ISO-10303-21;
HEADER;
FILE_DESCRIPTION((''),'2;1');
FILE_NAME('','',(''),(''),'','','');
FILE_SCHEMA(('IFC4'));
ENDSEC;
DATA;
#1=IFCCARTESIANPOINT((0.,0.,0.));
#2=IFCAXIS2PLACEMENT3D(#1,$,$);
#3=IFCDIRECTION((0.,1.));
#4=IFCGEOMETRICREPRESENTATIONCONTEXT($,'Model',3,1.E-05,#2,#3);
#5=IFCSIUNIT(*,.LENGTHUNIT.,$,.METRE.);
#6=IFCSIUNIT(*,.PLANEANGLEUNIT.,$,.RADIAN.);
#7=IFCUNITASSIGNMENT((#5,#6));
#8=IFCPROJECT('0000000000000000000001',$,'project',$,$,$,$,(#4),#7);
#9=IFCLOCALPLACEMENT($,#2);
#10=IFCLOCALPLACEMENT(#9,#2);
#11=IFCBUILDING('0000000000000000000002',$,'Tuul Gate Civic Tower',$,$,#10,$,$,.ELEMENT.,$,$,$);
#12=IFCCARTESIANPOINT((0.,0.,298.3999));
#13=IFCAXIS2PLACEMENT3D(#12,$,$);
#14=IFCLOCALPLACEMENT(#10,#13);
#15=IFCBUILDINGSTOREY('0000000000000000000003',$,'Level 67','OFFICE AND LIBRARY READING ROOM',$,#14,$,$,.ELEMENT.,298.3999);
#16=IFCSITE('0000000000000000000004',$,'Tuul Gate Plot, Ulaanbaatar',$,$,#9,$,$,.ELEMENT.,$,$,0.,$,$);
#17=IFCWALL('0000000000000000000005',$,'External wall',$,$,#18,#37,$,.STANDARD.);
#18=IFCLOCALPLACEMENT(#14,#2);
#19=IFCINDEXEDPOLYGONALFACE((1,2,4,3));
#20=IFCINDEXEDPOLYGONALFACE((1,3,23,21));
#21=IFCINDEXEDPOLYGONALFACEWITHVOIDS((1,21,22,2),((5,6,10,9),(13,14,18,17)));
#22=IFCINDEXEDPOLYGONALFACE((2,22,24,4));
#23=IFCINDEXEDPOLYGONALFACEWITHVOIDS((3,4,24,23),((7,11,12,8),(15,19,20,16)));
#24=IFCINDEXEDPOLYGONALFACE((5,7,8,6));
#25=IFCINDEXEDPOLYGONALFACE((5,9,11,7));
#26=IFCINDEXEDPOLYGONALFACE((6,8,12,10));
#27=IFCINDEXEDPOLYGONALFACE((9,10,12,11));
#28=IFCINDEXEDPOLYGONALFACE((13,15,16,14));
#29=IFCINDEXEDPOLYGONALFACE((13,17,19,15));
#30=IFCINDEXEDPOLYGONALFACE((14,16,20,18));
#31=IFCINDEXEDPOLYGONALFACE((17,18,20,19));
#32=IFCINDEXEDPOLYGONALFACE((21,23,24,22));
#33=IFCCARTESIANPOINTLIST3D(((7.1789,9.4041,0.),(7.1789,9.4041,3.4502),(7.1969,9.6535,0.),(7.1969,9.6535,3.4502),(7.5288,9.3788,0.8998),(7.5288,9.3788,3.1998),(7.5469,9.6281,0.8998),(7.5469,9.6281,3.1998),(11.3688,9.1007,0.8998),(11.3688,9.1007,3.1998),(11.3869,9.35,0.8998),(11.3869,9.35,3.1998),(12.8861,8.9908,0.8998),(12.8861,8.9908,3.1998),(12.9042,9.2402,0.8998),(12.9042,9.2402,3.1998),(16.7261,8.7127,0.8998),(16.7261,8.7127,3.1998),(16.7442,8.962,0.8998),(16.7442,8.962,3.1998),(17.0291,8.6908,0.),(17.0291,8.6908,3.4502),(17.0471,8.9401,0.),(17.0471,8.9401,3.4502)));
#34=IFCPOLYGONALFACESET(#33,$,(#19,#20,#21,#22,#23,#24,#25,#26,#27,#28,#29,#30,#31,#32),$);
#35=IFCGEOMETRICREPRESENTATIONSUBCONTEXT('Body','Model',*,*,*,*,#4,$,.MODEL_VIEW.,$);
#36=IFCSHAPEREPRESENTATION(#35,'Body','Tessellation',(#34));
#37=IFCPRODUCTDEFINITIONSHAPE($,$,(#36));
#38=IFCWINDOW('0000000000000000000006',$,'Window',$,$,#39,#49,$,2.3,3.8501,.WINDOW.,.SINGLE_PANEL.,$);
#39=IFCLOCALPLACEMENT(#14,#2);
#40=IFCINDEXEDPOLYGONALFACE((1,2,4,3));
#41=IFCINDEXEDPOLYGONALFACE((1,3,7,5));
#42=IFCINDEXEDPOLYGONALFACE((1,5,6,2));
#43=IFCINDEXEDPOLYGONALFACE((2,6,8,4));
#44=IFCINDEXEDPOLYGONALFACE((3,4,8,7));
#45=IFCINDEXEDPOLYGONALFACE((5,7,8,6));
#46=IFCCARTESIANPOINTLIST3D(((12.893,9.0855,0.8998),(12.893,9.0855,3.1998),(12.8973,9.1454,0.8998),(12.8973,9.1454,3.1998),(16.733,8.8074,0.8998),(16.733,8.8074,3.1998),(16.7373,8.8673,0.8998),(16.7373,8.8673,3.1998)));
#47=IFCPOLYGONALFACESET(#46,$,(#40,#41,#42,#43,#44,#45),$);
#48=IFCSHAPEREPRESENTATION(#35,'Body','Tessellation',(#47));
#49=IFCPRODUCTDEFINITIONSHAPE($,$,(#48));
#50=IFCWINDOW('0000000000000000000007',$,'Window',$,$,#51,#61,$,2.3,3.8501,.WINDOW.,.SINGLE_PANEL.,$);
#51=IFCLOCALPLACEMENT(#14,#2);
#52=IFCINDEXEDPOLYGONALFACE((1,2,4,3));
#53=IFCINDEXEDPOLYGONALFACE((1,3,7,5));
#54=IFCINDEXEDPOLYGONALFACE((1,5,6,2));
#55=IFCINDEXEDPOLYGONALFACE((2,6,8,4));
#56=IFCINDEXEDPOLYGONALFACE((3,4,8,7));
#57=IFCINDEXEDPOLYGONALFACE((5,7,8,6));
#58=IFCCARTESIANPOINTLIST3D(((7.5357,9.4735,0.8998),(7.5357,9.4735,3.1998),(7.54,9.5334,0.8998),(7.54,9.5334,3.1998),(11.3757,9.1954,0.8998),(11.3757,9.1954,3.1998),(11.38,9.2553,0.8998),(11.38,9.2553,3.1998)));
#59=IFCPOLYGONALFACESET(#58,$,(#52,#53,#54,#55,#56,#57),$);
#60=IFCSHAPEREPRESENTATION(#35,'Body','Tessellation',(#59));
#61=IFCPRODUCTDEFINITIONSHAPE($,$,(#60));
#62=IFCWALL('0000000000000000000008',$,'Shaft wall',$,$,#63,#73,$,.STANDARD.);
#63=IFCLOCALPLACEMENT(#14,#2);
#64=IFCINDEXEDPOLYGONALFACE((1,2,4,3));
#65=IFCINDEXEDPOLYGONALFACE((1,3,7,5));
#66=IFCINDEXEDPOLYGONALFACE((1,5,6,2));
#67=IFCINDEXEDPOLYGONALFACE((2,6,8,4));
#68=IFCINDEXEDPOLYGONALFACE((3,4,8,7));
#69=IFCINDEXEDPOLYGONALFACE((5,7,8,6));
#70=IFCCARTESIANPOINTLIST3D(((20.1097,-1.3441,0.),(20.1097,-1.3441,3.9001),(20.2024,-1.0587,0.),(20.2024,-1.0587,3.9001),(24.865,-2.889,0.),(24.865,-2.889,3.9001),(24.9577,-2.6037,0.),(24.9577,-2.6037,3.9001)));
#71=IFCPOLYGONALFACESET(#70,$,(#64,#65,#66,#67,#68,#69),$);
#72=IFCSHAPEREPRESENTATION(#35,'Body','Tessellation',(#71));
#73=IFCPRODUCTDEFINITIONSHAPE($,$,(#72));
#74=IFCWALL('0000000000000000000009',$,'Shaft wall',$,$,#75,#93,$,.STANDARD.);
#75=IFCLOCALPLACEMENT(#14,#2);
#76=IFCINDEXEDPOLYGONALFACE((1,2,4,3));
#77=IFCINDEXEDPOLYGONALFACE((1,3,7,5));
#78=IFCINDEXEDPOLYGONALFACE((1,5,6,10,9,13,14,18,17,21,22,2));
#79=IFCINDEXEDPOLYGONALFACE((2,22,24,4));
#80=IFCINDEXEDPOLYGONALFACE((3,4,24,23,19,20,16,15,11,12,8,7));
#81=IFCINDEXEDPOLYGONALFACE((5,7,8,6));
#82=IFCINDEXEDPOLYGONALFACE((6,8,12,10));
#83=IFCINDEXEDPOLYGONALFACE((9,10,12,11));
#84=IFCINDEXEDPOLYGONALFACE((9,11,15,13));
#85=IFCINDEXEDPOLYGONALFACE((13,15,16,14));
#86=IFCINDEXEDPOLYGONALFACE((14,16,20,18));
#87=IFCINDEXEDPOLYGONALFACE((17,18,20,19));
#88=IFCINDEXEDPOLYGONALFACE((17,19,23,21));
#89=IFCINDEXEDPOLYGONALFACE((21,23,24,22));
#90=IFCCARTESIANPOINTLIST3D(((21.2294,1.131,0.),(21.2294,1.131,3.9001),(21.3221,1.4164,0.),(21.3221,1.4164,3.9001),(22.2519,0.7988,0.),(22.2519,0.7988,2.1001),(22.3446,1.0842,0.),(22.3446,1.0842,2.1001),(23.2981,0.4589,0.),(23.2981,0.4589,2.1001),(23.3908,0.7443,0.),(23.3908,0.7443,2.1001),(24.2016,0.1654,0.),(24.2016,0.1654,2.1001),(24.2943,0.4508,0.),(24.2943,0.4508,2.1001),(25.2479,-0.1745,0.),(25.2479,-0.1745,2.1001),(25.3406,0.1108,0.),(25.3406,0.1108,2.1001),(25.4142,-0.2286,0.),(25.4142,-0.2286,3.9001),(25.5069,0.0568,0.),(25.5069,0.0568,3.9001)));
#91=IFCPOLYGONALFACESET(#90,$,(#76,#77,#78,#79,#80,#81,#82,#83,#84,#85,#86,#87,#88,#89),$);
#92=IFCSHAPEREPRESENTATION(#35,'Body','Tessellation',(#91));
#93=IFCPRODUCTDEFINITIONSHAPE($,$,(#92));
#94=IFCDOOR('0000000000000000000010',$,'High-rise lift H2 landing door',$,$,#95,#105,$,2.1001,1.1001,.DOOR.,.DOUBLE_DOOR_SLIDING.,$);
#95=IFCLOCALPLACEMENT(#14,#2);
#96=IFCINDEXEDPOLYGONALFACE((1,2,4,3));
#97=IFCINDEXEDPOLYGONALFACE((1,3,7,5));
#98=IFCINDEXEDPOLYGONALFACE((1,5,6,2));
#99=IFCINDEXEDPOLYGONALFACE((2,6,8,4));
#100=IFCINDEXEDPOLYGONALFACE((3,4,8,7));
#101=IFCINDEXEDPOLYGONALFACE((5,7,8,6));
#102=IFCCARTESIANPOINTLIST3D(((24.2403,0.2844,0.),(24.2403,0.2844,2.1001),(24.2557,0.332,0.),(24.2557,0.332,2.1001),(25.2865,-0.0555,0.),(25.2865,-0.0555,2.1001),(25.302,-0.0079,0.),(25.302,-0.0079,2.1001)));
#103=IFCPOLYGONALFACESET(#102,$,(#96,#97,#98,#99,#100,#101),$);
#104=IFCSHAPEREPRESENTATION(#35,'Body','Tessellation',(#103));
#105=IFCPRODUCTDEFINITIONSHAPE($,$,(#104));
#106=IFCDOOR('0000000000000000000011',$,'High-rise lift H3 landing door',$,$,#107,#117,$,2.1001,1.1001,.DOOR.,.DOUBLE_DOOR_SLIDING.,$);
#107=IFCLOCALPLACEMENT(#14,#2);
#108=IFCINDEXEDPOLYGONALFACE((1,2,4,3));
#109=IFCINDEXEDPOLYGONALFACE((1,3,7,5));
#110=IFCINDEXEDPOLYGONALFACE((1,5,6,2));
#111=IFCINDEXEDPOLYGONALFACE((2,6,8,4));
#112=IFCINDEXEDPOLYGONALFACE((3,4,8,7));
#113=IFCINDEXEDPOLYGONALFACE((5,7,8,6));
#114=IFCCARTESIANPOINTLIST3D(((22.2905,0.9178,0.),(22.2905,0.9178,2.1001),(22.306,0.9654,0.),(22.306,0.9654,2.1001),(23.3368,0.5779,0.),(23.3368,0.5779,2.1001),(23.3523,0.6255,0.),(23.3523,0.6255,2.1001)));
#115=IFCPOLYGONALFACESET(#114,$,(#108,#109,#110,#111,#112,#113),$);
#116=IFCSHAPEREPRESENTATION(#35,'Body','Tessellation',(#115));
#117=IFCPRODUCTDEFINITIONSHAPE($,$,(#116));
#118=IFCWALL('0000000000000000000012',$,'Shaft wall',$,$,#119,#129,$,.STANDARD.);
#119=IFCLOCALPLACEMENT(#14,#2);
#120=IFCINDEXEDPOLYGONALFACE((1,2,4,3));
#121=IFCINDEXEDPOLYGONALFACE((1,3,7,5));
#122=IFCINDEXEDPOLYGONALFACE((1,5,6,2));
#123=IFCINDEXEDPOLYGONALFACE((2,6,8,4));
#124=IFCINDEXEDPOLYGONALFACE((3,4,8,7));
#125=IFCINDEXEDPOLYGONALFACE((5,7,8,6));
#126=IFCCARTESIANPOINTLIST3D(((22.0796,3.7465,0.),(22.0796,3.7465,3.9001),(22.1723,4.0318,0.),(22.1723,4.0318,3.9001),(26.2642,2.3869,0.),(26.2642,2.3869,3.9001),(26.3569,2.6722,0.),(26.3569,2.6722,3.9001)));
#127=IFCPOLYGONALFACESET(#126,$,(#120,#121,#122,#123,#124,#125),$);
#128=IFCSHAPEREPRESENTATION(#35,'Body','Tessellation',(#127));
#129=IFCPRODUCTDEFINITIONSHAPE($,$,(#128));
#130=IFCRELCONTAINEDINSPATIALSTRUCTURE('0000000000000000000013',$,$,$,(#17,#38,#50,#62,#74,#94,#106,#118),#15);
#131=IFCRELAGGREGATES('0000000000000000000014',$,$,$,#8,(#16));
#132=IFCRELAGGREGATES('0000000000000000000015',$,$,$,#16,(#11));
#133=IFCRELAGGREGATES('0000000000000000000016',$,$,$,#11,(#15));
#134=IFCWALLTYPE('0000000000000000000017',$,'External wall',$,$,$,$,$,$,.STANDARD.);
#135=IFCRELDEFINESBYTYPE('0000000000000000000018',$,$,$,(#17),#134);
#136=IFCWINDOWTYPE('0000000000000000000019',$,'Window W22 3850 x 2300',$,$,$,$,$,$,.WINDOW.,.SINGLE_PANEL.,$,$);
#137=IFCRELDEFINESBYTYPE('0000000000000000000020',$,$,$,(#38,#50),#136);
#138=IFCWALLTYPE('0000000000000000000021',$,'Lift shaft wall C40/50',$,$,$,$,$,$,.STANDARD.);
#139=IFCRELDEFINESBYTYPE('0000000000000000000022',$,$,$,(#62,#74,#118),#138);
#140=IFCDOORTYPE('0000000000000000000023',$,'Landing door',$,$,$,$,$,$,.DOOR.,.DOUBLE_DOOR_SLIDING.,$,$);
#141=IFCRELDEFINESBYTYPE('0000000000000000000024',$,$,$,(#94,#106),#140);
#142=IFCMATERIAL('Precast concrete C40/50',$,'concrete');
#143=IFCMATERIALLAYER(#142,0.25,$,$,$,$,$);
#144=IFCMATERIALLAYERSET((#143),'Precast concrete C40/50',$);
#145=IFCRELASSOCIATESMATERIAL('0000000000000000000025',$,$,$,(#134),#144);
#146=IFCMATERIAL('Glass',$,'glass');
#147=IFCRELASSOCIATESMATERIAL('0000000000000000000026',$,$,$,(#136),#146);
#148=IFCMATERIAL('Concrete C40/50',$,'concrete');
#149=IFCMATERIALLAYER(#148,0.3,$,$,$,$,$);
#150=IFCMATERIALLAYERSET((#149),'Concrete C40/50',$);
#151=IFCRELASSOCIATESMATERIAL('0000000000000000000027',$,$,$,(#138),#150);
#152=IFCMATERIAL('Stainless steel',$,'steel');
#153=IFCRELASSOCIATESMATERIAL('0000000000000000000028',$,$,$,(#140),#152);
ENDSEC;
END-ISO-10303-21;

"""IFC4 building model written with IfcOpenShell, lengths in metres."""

from ifc_helpers import new_model, si_unit, direction, frame, frame_2d, origin, place, context, subcontext, project, spatial, rectangle, extrude, material, layer, layer_set, type_object, element, fill, save


model = new_model("IFC4")

# Units and contexts
model_context = context("Model", 3, precision=1e-05, world=origin(), true_north=direction((0.0, 1.0)))
body_context = subcontext(model_context, "Body", "Model", "MODEL_VIEW")
ifc_project = project(units=[si_unit("LENGTHUNIT", "METRE"), si_unit("PLANEANGLEUNIT", "RADIAN")], contexts=[model_context])

# Site, building, storey
site_placement = place(None, origin())
site = spatial("IfcSite", under=ifc_project, at=site_placement, Name="Tuul Gate Plot, Ulaanbaatar", CompositionType="ELEMENT", RefElevation=0.0)
building_placement = place(site_placement, origin())
building = spatial("IfcBuilding", under=site, at=building_placement, Name="Tuul Gate Civic Tower", CompositionType="ELEMENT")
storey_placement = place(building_placement, frame((0.0, 0.0, 298.3999)))
storey = spatial("IfcBuildingStorey", under=building, at=storey_placement, Name="Level 67", Description="OFFICE AND LIBRARY READING ROOM", CompositionType="ELEMENT", Elevation=298.3999)

# Wall, openings, windows
ifc_material_1 = material(Name="Precast concrete C40/50", Category="concrete")
ifc_layer_1 = layer(ifc_material_1, 0.25)
ifc_layer_set_1 = layer_set([ifc_layer_1], Name="Precast concrete C40/50")
wall_type_1 = type_object("IfcWallType", Name="External wall", PredefinedType="STANDARD", material=ifc_layer_set_1)
wall_1_placement = place(storey_placement, frame((17.0381, 8.8154, 0.0), z_axis=(0.0, 0.0, 1.0), x_axis=(-0.997388, 0.072234, 0.0)))
wall_1 = element("IfcWall", 1, at=wall_1_placement, inside=storey, type_object=wall_type_1, Name="External wall", PredefinedType="STANDARD", context=body_context, shape_type="SweptSolid", body=[
    extrude(rectangle(XDim=9.876, YDim=0.25, at=frame_2d((4.938, 0.0))), origin(), (0.0, 0.0, 1.0), 3.4502),
])
opening_1_placement = place(wall_1_placement, frame((0.3037, 0.0, 0.8999)))
opening_1 = element("IfcOpeningElement", 2, at=opening_1_placement, cuts=wall_1, PredefinedType="OPENING", context=body_context, shape_type="SweptSolid", body=[
    extrude(rectangle(XDim=3.8501, YDim=2.3, at=frame_2d((1.925, 1.1499))), frame((0.0, 0.135, 0.0), z_axis=(0.0, -1.0, 0.0), x_axis=(1.0, 0.0, 0.0)), (0.0, 0.0, 1.0), 0.27),
])
opening_2_placement = place(wall_1_placement, frame((5.675, 0.0, 0.8999)))
opening_2 = element("IfcOpeningElement", 3, at=opening_2_placement, cuts=wall_1, PredefinedType="OPENING", context=body_context, shape_type="SweptSolid", body=[
    extrude(rectangle(XDim=3.8501, YDim=2.3, at=frame_2d((1.925, 1.1499))), frame((0.0, 0.135, 0.0), z_axis=(0.0, -1.0, 0.0), x_axis=(1.0, 0.0, 0.0)), (0.0, 0.0, 1.0), 0.27),
])
ifc_material_2 = material(Name="Glass", Category="glass")
window_type = type_object("IfcWindowType", Name="Window W22 3850 x 2300", PartitioningType="SINGLE_PANEL", PredefinedType="WINDOW", material=ifc_material_2)
window_1_placement = place(opening_1_placement, origin())
window_1 = element("IfcWindow", 4, at=window_1_placement, inside=storey, type_object=window_type, Name="Window", OverallHeight=2.3, OverallWidth=3.8501, PartitioningType="SINGLE_PANEL", PredefinedType="WINDOW", context=body_context, shape_type="SweptSolid", body=[
    extrude(rectangle(XDim=3.8501, YDim=2.3, at=frame_2d((1.925, 1.1499))), frame((0.0, 0.03, 0.0), z_axis=(0.0, -1.0, 0.0), x_axis=(1.0, 0.0, 0.0)), (0.0, 0.0, 1.0), 0.0601),
])
fill(opening_1, window_1)
window_2_placement = place(opening_2_placement, origin())
window_2 = element("IfcWindow", 5, at=window_2_placement, inside=storey, type_object=window_type, Name="Window", OverallHeight=2.3, OverallWidth=3.8501, PartitioningType="SINGLE_PANEL", PredefinedType="WINDOW", context=body_context, shape_type="SweptSolid", body=[
    extrude(rectangle(XDim=3.8501, YDim=2.3, at=frame_2d((1.925, 1.1499))), frame((0.0, 0.03, 0.0), z_axis=(0.0, -1.0, 0.0), x_axis=(1.0, 0.0, 0.0)), (0.0, 0.0, 1.0), 0.0601),
])
fill(opening_2, window_2)

# Wall
ifc_material_3 = material(Name="Concrete C40/50", Category="concrete")
ifc_layer_2 = layer(ifc_material_3, 0.3)
ifc_layer_set_2 = layer_set([ifc_layer_2], Name="Concrete C40/50")
wall_type_2 = type_object("IfcWallType", Name="Lift shaft wall C40/50", PredefinedType="STANDARD", material=ifc_layer_set_2)
wall_2_placement = place(storey_placement, frame((24.9114, -2.7463, 0.0), z_axis=(0.0, 0.0, 1.0), x_axis=(-0.951068, 0.308982, 0.0)))
element("IfcWall", 6, at=wall_2_placement, inside=storey, type_object=wall_type_2, Name="Shaft wall", PredefinedType="STANDARD", context=body_context, shape_type="SweptSolid", body=[
    extrude(rectangle(XDim=5.0, YDim=0.3, at=frame_2d((2.5, 0.0))), origin(), (0.0, 0.0, 1.0), 3.9001),
])

# Wall, openings, doors
wall_3_placement = place(storey_placement, frame((25.4607, -0.0859, 0.0), z_axis=(0.0, 0.0, 1.0), x_axis=(-0.951064, 0.308994, 0.0)))
wall_3 = element("IfcWall", 7, at=wall_3_placement, inside=storey, type_object=wall_type_2, Name="Shaft wall", PredefinedType="STANDARD", context=body_context, shape_type="SweptSolid", body=[
    extrude(rectangle(XDim=4.4001, YDim=0.3, at=frame_2d((2.2002, 0.0))), origin(), (0.0, 0.0, 1.0), 3.9001),
])
opening_3_placement = place(wall_3_placement, frame((0.175, 0.0, 0.0)))
opening_3 = element("IfcOpeningElement", 8, at=opening_3_placement, cuts=wall_3, PredefinedType="OPENING", context=body_context, shape_type="SweptSolid", body=[
    extrude(rectangle(XDim=1.1001, YDim=2.1001, at=frame_2d((0.55, 1.05))), frame((0.0, 0.1602, 0.0), z_axis=(0.0, -1.0, 0.0), x_axis=(1.0, 0.0, 0.0)), (0.0, 0.0, 1.0), 0.3201),
])
opening_4_placement = place(wall_3_placement, frame((2.2251, 0.0, 0.0)))
opening_4 = element("IfcOpeningElement", 9, at=opening_4_placement, cuts=wall_3, PredefinedType="OPENING", context=body_context, shape_type="SweptSolid", body=[
    extrude(rectangle(XDim=1.1001, YDim=2.1001, at=frame_2d((0.55, 1.05))), frame((0.0, 0.1602, 0.0), z_axis=(0.0, -1.0, 0.0), x_axis=(1.0, 0.0, 0.0)), (0.0, 0.0, 1.0), 0.3201),
])
ifc_material_4 = material(Name="Stainless steel", Category="steel")
door_type_1 = type_object("IfcDoorType", Name="Landing door", OperationType="DOUBLE_DOOR_SLIDING", PredefinedType="DOOR", material=ifc_material_4)
door_1_placement = place(opening_3_placement, origin())
door_1 = element("IfcDoor", 10, at=door_1_placement, inside=storey, type_object=door_type_1, Name="High-rise lift H2 landing door", OperationType="DOUBLE_DOOR_SLIDING", OverallHeight=2.1001, OverallWidth=1.1001, PredefinedType="DOOR", context=body_context, shape_type="SweptSolid", body=[
    extrude(rectangle(XDim=1.1001, YDim=2.1001, at=frame_2d((0.55, 1.05))), frame((0.0, 0.0249, 0.0), z_axis=(0.0, -1.0, 0.0), x_axis=(1.0, 0.0, 0.0)), (0.0, 0.0, 1.0), 0.05),
])
fill(opening_3, door_1)
door_2_placement = place(opening_4_placement, origin())
door_2 = element("IfcDoor", 11, at=door_2_placement, inside=storey, type_object=door_type_1, Name="High-rise lift H3 landing door", OperationType="DOUBLE_DOOR_SLIDING", OverallHeight=2.1001, OverallWidth=1.1001, PredefinedType="DOOR", context=body_context, shape_type="SweptSolid", body=[
    extrude(rectangle(XDim=1.1001, YDim=2.1001, at=frame_2d((0.55, 1.05))), frame((0.0, 0.0249, 0.0), z_axis=(0.0, -1.0, 0.0), x_axis=(1.0, 0.0, 0.0)), (0.0, 0.0, 1.0), 0.05),
])
fill(opening_4, door_2)

# Wall
wall_4_placement = place(storey_placement, frame((26.3105, 2.5295, 0.0), z_axis=(0.0, 0.0, 1.0), x_axis=(-0.951059, 0.309011, 0.0)))
element("IfcWall", 12, at=wall_4_placement, inside=storey, type_object=wall_type_2, Name="Shaft wall", PredefinedType="STANDARD", context=body_context, shape_type="SweptSolid", body=[
    extrude(rectangle(XDim=4.3999, YDim=0.3, at=frame_2d((2.2, 0.0))), origin(), (0.0, 0.0, 1.0), 3.9001),
])

save(model, "model.ifc")
